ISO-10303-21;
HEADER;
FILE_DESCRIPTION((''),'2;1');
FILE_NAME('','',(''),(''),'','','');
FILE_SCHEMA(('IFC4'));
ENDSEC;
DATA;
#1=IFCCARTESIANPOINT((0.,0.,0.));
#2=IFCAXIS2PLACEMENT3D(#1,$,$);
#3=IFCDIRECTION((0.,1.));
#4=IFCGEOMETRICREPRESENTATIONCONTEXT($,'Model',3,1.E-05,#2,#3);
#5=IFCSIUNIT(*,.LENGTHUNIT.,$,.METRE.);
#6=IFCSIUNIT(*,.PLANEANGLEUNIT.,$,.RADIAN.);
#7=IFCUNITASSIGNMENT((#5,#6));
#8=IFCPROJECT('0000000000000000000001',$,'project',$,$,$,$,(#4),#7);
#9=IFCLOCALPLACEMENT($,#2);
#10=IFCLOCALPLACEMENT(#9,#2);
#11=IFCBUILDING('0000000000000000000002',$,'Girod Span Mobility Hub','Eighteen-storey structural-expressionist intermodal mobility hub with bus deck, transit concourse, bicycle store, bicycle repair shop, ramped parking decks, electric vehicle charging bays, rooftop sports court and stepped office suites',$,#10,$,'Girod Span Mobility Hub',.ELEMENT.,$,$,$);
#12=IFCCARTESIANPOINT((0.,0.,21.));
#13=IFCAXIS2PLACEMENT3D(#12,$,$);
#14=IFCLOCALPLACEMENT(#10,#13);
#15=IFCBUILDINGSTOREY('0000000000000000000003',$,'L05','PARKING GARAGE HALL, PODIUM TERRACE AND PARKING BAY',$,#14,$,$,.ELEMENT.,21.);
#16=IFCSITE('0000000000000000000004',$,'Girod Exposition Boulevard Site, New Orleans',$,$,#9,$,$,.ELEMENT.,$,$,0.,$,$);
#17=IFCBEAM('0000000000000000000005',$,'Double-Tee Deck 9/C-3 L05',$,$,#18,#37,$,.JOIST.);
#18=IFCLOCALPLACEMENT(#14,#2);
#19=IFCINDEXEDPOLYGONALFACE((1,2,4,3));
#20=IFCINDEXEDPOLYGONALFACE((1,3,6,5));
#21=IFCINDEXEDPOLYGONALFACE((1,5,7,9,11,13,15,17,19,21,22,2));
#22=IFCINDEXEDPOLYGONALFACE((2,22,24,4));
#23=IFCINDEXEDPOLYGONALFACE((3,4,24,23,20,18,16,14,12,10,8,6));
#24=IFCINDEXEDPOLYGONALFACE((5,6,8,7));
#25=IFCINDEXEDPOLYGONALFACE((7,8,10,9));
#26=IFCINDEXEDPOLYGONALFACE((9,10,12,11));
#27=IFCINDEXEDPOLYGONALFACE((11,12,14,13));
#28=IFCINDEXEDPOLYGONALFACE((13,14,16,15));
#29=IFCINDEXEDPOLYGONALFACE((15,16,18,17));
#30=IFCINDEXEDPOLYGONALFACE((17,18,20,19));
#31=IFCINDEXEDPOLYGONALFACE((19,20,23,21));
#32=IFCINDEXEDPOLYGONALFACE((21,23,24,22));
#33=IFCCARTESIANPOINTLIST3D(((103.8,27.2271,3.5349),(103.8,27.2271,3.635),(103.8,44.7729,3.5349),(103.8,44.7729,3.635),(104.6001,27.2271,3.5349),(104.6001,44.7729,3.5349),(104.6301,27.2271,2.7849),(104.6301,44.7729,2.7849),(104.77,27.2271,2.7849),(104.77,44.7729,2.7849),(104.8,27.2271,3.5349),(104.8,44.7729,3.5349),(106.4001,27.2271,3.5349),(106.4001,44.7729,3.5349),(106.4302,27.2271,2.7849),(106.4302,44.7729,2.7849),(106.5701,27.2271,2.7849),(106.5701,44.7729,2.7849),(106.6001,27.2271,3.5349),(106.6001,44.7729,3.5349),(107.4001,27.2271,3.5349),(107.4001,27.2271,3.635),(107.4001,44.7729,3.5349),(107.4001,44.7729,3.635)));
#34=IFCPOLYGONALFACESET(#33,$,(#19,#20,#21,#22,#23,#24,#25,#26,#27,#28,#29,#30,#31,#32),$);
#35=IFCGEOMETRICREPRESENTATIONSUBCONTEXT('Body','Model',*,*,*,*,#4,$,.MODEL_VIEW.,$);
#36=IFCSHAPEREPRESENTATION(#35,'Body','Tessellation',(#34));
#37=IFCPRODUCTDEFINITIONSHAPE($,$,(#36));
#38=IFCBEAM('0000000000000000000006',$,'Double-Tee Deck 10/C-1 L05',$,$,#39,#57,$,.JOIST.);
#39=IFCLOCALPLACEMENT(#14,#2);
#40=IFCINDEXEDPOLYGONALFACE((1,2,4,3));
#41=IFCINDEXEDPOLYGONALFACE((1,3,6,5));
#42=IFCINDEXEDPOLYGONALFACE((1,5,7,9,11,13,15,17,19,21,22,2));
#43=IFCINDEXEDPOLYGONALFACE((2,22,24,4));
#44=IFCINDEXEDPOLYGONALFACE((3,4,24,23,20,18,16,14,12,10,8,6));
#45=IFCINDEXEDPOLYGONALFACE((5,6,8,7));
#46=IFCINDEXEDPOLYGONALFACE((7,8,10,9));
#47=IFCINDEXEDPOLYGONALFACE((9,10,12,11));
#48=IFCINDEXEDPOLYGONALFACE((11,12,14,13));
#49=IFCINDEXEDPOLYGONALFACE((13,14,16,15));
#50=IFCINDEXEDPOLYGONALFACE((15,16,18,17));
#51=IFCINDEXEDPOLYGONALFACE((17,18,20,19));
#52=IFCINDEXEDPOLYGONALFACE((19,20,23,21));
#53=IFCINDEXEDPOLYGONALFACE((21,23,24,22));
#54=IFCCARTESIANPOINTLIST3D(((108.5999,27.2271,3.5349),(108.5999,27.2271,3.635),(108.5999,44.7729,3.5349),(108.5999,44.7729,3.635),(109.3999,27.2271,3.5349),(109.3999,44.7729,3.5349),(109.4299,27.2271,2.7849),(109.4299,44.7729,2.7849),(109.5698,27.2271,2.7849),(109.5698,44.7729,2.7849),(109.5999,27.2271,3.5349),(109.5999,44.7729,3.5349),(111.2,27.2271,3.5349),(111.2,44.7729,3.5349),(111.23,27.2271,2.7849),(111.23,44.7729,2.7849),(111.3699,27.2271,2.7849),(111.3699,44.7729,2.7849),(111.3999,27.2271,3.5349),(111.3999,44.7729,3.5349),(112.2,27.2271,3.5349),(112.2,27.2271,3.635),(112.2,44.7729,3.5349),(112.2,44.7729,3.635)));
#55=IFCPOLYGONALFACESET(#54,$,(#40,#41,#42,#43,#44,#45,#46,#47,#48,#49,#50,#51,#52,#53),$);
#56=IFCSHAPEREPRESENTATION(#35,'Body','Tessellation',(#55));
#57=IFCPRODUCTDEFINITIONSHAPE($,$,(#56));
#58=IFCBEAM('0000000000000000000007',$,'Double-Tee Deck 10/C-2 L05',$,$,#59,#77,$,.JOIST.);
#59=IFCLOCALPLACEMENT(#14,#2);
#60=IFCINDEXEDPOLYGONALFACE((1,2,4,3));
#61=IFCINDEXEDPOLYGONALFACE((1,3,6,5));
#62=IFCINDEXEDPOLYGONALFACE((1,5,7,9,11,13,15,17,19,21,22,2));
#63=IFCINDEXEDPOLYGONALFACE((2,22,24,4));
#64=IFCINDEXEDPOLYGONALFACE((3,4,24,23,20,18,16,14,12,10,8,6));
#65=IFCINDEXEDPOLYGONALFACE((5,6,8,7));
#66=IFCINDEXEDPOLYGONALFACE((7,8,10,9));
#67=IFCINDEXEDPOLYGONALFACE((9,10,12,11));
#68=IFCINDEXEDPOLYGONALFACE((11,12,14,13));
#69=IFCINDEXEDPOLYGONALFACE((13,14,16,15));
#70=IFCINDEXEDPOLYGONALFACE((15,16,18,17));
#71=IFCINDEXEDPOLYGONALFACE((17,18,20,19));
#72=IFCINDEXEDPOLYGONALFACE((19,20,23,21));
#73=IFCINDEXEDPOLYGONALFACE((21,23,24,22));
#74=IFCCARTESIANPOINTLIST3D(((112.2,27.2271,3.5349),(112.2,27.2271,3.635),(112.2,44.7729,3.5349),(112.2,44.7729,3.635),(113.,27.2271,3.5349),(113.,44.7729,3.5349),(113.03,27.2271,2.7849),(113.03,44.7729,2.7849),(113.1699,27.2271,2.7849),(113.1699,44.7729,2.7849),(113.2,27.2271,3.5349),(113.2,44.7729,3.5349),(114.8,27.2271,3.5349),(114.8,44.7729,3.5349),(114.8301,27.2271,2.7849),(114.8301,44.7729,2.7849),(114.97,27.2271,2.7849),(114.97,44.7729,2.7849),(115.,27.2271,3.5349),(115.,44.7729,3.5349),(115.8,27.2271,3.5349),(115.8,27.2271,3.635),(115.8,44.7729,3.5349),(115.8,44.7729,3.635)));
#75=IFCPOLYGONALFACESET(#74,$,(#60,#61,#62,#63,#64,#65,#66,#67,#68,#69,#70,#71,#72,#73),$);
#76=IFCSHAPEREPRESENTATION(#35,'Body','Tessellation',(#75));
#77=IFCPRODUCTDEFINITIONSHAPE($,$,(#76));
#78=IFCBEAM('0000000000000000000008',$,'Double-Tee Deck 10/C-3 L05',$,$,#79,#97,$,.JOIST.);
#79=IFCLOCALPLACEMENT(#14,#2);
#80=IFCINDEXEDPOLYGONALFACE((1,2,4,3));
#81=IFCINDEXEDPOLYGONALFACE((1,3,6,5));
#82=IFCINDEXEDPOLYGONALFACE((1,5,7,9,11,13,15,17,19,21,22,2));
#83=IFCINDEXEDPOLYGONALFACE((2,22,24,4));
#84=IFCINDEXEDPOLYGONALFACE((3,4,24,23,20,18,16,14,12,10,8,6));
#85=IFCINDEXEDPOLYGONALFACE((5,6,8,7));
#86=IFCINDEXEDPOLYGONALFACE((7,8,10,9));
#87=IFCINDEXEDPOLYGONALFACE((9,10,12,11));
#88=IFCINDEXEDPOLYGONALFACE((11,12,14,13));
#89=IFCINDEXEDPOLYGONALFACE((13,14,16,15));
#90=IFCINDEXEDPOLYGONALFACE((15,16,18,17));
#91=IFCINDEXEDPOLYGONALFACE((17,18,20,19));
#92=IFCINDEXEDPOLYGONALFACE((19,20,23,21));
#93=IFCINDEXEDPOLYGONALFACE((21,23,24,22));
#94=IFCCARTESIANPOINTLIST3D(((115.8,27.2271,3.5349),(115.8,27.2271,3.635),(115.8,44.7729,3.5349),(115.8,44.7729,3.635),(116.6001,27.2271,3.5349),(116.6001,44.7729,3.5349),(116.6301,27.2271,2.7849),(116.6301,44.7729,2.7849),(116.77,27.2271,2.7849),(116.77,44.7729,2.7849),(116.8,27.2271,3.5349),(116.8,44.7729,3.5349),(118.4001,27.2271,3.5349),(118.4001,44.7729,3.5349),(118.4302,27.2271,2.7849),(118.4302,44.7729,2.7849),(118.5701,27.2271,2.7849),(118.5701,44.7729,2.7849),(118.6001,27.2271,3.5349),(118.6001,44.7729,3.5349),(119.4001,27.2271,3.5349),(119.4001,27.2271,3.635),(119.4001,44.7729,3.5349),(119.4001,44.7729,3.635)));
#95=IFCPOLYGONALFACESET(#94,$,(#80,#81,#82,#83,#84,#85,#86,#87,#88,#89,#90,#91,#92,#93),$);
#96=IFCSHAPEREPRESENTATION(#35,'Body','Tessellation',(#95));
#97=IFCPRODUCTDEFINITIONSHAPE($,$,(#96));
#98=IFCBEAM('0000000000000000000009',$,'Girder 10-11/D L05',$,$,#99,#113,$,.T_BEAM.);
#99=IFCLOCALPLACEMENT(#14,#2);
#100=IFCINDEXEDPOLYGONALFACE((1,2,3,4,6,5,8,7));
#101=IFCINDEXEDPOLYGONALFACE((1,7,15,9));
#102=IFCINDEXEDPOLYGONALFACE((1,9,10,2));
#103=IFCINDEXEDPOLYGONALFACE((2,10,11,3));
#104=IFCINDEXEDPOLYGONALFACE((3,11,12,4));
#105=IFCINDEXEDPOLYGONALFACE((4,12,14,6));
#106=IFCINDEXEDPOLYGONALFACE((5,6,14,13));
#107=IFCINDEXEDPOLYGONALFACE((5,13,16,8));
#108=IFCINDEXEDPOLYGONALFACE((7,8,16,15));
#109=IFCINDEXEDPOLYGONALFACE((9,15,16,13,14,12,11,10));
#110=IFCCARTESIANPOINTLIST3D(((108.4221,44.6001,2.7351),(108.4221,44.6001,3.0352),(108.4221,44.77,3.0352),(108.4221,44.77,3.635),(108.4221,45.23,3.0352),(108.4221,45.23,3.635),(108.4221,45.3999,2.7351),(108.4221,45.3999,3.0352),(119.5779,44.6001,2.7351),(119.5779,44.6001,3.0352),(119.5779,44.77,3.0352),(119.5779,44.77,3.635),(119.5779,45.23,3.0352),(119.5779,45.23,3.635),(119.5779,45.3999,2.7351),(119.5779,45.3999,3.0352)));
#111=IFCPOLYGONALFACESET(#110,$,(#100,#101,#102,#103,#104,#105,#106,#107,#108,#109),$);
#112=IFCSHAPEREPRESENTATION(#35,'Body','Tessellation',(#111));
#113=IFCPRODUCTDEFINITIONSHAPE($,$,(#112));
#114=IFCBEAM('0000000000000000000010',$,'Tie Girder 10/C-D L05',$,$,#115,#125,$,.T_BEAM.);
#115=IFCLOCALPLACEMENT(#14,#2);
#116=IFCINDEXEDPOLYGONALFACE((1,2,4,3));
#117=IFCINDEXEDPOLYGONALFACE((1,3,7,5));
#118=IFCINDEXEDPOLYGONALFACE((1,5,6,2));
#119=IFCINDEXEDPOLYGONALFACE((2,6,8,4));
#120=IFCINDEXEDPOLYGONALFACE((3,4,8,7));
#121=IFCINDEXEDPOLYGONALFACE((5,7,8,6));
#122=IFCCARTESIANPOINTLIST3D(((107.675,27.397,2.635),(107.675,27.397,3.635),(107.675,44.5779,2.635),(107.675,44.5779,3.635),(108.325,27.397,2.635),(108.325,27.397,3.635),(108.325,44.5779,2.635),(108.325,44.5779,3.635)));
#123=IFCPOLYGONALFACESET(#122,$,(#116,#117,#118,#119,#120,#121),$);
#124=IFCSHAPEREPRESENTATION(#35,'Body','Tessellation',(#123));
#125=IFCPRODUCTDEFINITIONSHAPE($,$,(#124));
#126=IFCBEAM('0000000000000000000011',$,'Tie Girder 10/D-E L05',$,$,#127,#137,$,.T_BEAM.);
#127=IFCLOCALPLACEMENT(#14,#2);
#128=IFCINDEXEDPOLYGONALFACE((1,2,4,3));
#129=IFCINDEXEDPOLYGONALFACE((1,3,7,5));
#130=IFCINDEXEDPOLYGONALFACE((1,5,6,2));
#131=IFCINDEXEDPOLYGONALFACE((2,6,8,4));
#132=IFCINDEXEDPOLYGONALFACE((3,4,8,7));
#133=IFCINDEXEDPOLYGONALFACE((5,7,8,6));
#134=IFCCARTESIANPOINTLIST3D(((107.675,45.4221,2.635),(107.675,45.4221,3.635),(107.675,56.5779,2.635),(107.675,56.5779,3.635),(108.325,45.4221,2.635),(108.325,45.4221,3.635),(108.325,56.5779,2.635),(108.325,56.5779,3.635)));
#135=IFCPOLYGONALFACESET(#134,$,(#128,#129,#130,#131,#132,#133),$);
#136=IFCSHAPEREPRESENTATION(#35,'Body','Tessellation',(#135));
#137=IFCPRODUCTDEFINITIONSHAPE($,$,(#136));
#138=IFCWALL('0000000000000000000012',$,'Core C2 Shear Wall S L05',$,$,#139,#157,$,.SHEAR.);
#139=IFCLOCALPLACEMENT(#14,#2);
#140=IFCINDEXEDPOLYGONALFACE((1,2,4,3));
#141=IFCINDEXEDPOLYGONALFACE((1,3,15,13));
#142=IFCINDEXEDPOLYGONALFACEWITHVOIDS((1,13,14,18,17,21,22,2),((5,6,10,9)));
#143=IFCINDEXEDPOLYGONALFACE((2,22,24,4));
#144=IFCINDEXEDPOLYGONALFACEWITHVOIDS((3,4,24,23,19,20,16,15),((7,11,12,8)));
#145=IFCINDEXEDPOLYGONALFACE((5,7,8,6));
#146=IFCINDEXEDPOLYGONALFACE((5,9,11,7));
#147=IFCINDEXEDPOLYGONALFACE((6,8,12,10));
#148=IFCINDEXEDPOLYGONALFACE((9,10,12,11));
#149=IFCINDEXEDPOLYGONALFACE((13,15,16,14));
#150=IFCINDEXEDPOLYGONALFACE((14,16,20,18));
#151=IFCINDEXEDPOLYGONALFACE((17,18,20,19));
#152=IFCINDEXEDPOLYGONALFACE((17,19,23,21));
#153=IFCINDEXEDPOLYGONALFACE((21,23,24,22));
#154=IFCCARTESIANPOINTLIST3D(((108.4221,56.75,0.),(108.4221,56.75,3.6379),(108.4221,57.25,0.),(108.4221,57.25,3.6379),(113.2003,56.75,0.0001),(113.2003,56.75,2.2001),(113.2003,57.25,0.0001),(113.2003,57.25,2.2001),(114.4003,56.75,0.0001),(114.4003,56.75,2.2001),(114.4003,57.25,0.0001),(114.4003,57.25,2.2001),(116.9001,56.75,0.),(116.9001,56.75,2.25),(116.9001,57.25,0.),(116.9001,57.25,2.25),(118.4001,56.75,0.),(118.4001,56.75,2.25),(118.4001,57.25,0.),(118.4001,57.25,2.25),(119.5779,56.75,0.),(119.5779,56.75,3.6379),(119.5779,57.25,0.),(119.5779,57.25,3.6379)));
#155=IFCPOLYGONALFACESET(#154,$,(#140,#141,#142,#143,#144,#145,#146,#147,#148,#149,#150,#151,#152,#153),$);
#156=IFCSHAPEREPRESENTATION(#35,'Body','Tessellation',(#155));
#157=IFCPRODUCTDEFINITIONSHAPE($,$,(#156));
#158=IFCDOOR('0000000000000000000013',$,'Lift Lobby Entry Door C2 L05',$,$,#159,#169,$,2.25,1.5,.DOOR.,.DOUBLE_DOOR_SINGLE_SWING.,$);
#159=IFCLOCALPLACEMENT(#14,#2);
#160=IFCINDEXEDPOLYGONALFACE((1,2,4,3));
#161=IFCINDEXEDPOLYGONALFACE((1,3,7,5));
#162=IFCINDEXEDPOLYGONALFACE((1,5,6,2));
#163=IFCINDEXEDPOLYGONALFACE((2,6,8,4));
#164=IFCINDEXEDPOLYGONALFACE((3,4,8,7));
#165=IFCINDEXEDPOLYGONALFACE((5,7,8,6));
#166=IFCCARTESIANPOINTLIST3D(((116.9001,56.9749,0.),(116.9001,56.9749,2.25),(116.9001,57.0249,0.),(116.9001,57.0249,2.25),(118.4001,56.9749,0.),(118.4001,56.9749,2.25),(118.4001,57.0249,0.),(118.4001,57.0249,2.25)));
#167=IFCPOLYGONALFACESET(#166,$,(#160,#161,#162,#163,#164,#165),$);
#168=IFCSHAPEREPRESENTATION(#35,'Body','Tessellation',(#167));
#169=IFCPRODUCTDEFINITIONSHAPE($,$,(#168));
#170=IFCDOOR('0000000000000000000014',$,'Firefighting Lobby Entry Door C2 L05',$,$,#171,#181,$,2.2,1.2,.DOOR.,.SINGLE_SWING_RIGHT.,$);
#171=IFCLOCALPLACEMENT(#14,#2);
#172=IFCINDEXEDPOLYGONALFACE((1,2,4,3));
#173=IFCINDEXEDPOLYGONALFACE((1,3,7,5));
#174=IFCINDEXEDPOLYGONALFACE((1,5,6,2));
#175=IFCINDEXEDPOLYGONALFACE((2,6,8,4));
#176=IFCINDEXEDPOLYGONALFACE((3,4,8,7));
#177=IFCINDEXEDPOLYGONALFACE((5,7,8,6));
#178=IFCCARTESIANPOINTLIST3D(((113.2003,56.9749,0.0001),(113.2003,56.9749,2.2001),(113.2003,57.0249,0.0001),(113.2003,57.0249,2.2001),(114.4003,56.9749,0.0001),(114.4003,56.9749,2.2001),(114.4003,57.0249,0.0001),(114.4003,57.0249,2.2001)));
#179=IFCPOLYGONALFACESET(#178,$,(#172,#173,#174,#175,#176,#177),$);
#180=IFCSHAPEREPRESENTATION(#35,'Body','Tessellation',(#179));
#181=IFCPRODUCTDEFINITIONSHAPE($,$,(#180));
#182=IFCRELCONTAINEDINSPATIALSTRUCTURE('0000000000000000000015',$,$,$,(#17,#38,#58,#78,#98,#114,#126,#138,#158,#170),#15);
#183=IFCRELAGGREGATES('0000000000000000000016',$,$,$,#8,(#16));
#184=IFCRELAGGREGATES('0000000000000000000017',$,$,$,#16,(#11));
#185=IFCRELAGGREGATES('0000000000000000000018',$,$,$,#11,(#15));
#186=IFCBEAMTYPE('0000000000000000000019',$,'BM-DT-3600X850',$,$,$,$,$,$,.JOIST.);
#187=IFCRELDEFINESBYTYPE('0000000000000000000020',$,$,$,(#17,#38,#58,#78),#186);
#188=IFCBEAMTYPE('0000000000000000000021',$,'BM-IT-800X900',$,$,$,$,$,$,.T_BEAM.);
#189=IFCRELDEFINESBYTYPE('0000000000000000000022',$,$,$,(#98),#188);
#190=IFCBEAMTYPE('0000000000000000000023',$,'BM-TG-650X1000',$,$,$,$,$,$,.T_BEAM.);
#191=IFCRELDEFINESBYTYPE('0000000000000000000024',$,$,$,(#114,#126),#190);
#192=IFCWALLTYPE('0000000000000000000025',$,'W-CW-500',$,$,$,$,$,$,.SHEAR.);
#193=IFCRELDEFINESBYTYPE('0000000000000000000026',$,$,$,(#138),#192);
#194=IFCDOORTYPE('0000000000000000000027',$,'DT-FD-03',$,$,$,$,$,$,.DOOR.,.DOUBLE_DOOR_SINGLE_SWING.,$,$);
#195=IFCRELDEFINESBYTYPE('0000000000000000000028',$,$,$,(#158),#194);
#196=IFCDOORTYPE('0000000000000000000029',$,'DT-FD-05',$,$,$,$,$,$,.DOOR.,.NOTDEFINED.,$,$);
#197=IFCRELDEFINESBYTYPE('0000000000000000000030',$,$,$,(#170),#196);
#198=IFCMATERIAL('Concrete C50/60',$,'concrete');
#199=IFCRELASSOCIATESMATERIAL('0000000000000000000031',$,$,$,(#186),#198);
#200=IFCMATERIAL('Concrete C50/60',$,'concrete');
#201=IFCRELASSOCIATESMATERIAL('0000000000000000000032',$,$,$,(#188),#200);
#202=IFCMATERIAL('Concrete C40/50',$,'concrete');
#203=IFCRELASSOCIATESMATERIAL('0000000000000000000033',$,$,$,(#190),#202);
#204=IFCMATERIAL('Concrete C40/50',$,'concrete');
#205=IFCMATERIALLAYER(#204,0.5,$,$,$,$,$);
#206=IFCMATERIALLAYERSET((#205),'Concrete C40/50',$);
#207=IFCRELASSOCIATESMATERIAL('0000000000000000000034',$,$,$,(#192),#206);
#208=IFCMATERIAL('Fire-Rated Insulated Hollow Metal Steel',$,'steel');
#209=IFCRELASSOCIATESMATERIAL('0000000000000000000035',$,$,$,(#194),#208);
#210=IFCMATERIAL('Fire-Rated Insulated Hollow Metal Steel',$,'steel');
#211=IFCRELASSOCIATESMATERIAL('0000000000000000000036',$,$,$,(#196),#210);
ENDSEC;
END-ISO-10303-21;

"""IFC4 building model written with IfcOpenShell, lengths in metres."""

from ifc_helpers import new_model, si_unit, direction, frame, frame_2d, origin, origin_2d, place, context, subcontext, project, spatial, polyline, rectangle, outline, extrude, material, layer, layer_set, material_profile, profile_set, type_object, element, fill, save


model = new_model("IFC4")

# Units and contexts
model_context = context("Model", 3, precision=1e-05, world=origin(), true_north=direction((0.0, 1.0)))
body_context = subcontext(model_context, "Body", "Model", "MODEL_VIEW")
ifc_project = project(units=[si_unit("LENGTHUNIT", "METRE"), si_unit("PLANEANGLEUNIT", "RADIAN")], contexts=[model_context])

# Site, building, storey
site_placement = place(None, origin())
site = spatial("IfcSite", under=ifc_project, at=site_placement, Name="Girod Exposition Boulevard Site, New Orleans", CompositionType="ELEMENT", RefElevation=0.0)
building_placement = place(site_placement, origin())
building = spatial("IfcBuilding", under=site, at=building_placement, Name="Girod Span Mobility Hub", Description="Eighteen-storey structural-expressionist intermodal mobility hub with bus deck, transit concourse, bicycle store, bicycle repair shop, ramped parking decks, electric vehicle charging bays, rooftop sports court and stepped office suites", LongName="Girod Span Mobility Hub", CompositionType="ELEMENT")
storey_placement = place(building_placement, frame((0.0, 0.0, 21.0)))
storey = spatial("IfcBuildingStorey", under=building, at=storey_placement, Name="L05", Description="PARKING GARAGE HALL, PODIUM TERRACE AND PARKING BAY", CompositionType="ELEMENT", Elevation=21.0)

# Beams
ifc_material_1 = material(Name="Concrete C50/60", Category="concrete")
ifc_material_profile_1 = material_profile(ifc_material_1, outline(polyline([(-1.8, 0.425), (-1.8, 0.325), (-1.0, 0.325), (-0.97, -0.425), (-0.8301, -0.425), (-0.8, 0.325), (0.8, 0.325), (0.8301, -0.425), (0.97, -0.425), (1.0, 0.325), (1.8, 0.325), (1.8, 0.425), (-1.8, 0.425)])), Name="DT-3600X850")
ifc_profile_set_1 = profile_set([ifc_material_profile_1], Name="Concrete C50/60")
beam_type_1 = type_object("IfcBeamType", Name="BM-DT-3600X850", PredefinedType="JOIST", material=ifc_profile_set_1)
for number, where, z_axis, x_axis, name in (
    (1, (105.6001, 27.2271, 3.21), (0.0, 1.0, 0.0), (-1.0, 0.0, 0.0), "Double-Tee Deck 9/C-3 L05"),
    (2, (110.3999, 27.2271, 3.21), (0.0, 1.0, 0.0), (-1.0, 0.0, 0.0), "Double-Tee Deck 10/C-1 L05"),
    (3, (114.0, 27.2271, 3.21), (0.0, 1.0, 0.0), (-1.0, 0.0, 0.0), "Double-Tee Deck 10/C-2 L05"),
    (4, (117.6001, 27.2271, 3.21), (0.0, 1.0, 0.0), (-1.0, 0.0, 0.0), "Double-Tee Deck 10/C-3 L05"),
):
    element("IfcBeam", number, at=place(storey_placement, frame(where, z_axis=z_axis, x_axis=x_axis)), inside=storey, type_object=beam_type_1, Name=name, PredefinedType="JOIST", context=body_context, shape_type="SweptSolid", body=[
        extrude(outline(polyline([(-1.8, 0.425), (-1.8, 0.325), (-1.0, 0.325), (-0.97, -0.425), (-0.8301, -0.425), (-0.8, 0.325), (0.8, 0.325), (0.8301, -0.425), (0.97, -0.425), (1.0, 0.325), (1.8, 0.325), (1.8, 0.425), (-1.8, 0.425)])), origin(), (0.0, 0.0, 1.0), 17.5459),
    ])
ifc_material_2 = material(Name="Concrete C50/60", Category="concrete")
ifc_material_profile_2 = material_profile(ifc_material_2, outline(polyline([(-0.3999, -0.45), (0.3999, -0.45), (0.3999, -0.1499), (0.23, -0.1499), (0.23, 0.45), (-0.23, 0.45), (-0.23, -0.1499), (-0.3999, -0.1499), (-0.3999, -0.45)])), Name="IT-800X900")
ifc_profile_set_2 = profile_set([ifc_material_profile_2], Name="Concrete C50/60")
beam_type_2 = type_object("IfcBeamType", Name="BM-IT-800X900", PredefinedType="T_BEAM", material=ifc_profile_set_2)
beam_1_placement = place(storey_placement, frame((108.4221, 45.0, 3.1851), z_axis=(1.0, 0.0, 0.0), x_axis=(0.0, 1.0, 0.0)))
element("IfcBeam", 5, at=beam_1_placement, inside=storey, type_object=beam_type_2, Name="Girder 10-11/D L05", PredefinedType="T_BEAM", context=body_context, shape_type="SweptSolid", body=[
    extrude(outline(polyline([(-0.3999, -0.45), (0.3999, -0.45), (0.3999, -0.1499), (0.23, -0.1499), (0.23, 0.45), (-0.23, 0.45), (-0.23, -0.1499), (-0.3999, -0.1499), (-0.3999, -0.45)])), origin(), (0.0, 0.0, 1.0), 11.1558),
])
ifc_material_3 = material(Name="Concrete C40/50", Category="concrete")
ifc_material_profile_3 = material_profile(ifc_material_3, rectangle(XDim=0.6499, YDim=1.0, at=origin_2d()), Name="TG-650X1000")
ifc_profile_set_3 = profile_set([ifc_material_profile_3], Name="Concrete C40/50")
beam_type_3 = type_object("IfcBeamType", Name="BM-TG-650X1000", PredefinedType="T_BEAM", material=ifc_profile_set_3)
beam_2_placement = place(storey_placement, frame((108.0, 27.397, 3.135), z_axis=(0.0, 1.0, 0.0), x_axis=(-1.0, 0.0, 0.0)))
element("IfcBeam", 6, at=beam_2_placement, inside=storey, type_object=beam_type_3, Name="Tie Girder 10/C-D L05", PredefinedType="T_BEAM", context=body_context, shape_type="SweptSolid", body=[
    extrude(rectangle(XDim=0.6499, YDim=1.0, at=origin_2d()), origin(), (0.0, 0.0, 1.0), 17.1809),
])
beam_3_placement = place(storey_placement, frame((108.0, 45.4221, 3.135), z_axis=(0.0, 1.0, 0.0), x_axis=(-1.0, 0.0, 0.0)))
element("IfcBeam", 7, at=beam_3_placement, inside=storey, type_object=beam_type_3, Name="Tie Girder 10/D-E L05", PredefinedType="T_BEAM", context=body_context, shape_type="SweptSolid", body=[
    extrude(rectangle(XDim=0.6499, YDim=1.0, at=origin_2d()), origin(), (0.0, 0.0, 1.0), 11.1558),
])

# Wall, openings, doors
ifc_material_4 = material(Name="Concrete C40/50", Category="concrete")
ifc_layer = layer(ifc_material_4, 0.5)
ifc_layer_set = layer_set([ifc_layer], Name="Concrete C40/50")
wall_type = type_object("IfcWallType", Name="W-CW-500", PredefinedType="SHEAR", material=ifc_layer_set)
wall_placement = place(storey_placement, frame((108.4221, 57.0, 0.0), z_axis=(0.0, 0.0, 1.0), x_axis=(1.0, 0.0, 0.0)))
wall = element("IfcWall", 8, at=wall_placement, inside=storey, type_object=wall_type, Name="Core C2 Shear Wall S L05", PredefinedType="SHEAR", context=body_context, shape_type="SweptSolid", body=[
    extrude(rectangle(XDim=11.1558, YDim=0.5, at=frame_2d((5.5779, 0.0))), origin(), (0.0, 0.0, 1.0), 3.6379),
])
opening_1_placement = place(wall_placement, frame((4.7781, 0.0, 0.0)))
opening_1 = element("IfcOpeningElement", 9, at=opening_1_placement, cuts=wall, PredefinedType="OPENING", context=body_context, shape_type="SweptSolid", body=[
    extrude(rectangle(XDim=1.2, YDim=2.2, at=frame_2d((0.6001, 1.1001))), frame((0.0, 0.2649, 0.0), z_axis=(0.0, -1.0, 0.0), x_axis=(1.0, 0.0, 0.0)), (0.0, 0.0, 1.0), 0.53),
])
opening_2_placement = place(wall_placement, frame((8.478, 0.0, 0.0)))
opening_2 = element("IfcOpeningElement", 10, at=opening_2_placement, cuts=wall, PredefinedType="OPENING", context=body_context, shape_type="SweptSolid", body=[
    extrude(rectangle(XDim=1.5, YDim=2.25, at=frame_2d((0.75, 1.125))), frame((0.0, 0.2649, 0.0), z_axis=(0.0, -1.0, 0.0), x_axis=(1.0, 0.0, 0.0)), (0.0, 0.0, 1.0), 0.53),
])
ifc_material_5 = material(Name="Fire-Rated Insulated Hollow Metal Steel", Category="steel")
door_type_1 = type_object("IfcDoorType", Name="DT-FD-03", OperationType="DOUBLE_DOOR_SINGLE_SWING", PredefinedType="DOOR", material=ifc_material_5)
door_1_placement = place(opening_2_placement, origin())
door_1 = element("IfcDoor", 11, at=door_1_placement, inside=storey, type_object=door_type_1, Name="Lift Lobby Entry Door C2 L05", OperationType="DOUBLE_DOOR_SINGLE_SWING", OverallHeight=2.25, OverallWidth=1.5, PredefinedType="DOOR", context=body_context, shape_type="SweptSolid", body=[
    extrude(rectangle(XDim=1.5, YDim=2.25, at=frame_2d((0.75, 1.125))), frame((0.0, 0.0249, 0.0), z_axis=(0.0, -1.0, 0.0), x_axis=(1.0, 0.0, 0.0)), (0.0, 0.0, 1.0), 0.05),
])
fill(opening_2, door_1)
ifc_material_6 = material(Name="Fire-Rated Insulated Hollow Metal Steel", Category="steel")
door_type_2 = type_object("IfcDoorType", Name="DT-FD-05", OperationType="NOTDEFINED", PredefinedType="DOOR", material=ifc_material_6)
door_2_placement = place(opening_1_placement, origin())
door_2 = element("IfcDoor", 12, at=door_2_placement, inside=storey, type_object=door_type_2, Name="Firefighting Lobby Entry Door C2 L05", OperationType="SINGLE_SWING_RIGHT", OverallHeight=2.2, OverallWidth=1.2, PredefinedType="DOOR", context=body_context, shape_type="SweptSolid", body=[
    extrude(rectangle(XDim=1.2, YDim=2.2, at=frame_2d((0.6001, 1.1001))), frame((0.0, 0.0249, 0.0), z_axis=(0.0, -1.0, 0.0), x_axis=(1.0, 0.0, 0.0)), (0.0, 0.0, 1.0), 0.05),
])
fill(opening_1, door_2)

save(model, "model.ifc")
